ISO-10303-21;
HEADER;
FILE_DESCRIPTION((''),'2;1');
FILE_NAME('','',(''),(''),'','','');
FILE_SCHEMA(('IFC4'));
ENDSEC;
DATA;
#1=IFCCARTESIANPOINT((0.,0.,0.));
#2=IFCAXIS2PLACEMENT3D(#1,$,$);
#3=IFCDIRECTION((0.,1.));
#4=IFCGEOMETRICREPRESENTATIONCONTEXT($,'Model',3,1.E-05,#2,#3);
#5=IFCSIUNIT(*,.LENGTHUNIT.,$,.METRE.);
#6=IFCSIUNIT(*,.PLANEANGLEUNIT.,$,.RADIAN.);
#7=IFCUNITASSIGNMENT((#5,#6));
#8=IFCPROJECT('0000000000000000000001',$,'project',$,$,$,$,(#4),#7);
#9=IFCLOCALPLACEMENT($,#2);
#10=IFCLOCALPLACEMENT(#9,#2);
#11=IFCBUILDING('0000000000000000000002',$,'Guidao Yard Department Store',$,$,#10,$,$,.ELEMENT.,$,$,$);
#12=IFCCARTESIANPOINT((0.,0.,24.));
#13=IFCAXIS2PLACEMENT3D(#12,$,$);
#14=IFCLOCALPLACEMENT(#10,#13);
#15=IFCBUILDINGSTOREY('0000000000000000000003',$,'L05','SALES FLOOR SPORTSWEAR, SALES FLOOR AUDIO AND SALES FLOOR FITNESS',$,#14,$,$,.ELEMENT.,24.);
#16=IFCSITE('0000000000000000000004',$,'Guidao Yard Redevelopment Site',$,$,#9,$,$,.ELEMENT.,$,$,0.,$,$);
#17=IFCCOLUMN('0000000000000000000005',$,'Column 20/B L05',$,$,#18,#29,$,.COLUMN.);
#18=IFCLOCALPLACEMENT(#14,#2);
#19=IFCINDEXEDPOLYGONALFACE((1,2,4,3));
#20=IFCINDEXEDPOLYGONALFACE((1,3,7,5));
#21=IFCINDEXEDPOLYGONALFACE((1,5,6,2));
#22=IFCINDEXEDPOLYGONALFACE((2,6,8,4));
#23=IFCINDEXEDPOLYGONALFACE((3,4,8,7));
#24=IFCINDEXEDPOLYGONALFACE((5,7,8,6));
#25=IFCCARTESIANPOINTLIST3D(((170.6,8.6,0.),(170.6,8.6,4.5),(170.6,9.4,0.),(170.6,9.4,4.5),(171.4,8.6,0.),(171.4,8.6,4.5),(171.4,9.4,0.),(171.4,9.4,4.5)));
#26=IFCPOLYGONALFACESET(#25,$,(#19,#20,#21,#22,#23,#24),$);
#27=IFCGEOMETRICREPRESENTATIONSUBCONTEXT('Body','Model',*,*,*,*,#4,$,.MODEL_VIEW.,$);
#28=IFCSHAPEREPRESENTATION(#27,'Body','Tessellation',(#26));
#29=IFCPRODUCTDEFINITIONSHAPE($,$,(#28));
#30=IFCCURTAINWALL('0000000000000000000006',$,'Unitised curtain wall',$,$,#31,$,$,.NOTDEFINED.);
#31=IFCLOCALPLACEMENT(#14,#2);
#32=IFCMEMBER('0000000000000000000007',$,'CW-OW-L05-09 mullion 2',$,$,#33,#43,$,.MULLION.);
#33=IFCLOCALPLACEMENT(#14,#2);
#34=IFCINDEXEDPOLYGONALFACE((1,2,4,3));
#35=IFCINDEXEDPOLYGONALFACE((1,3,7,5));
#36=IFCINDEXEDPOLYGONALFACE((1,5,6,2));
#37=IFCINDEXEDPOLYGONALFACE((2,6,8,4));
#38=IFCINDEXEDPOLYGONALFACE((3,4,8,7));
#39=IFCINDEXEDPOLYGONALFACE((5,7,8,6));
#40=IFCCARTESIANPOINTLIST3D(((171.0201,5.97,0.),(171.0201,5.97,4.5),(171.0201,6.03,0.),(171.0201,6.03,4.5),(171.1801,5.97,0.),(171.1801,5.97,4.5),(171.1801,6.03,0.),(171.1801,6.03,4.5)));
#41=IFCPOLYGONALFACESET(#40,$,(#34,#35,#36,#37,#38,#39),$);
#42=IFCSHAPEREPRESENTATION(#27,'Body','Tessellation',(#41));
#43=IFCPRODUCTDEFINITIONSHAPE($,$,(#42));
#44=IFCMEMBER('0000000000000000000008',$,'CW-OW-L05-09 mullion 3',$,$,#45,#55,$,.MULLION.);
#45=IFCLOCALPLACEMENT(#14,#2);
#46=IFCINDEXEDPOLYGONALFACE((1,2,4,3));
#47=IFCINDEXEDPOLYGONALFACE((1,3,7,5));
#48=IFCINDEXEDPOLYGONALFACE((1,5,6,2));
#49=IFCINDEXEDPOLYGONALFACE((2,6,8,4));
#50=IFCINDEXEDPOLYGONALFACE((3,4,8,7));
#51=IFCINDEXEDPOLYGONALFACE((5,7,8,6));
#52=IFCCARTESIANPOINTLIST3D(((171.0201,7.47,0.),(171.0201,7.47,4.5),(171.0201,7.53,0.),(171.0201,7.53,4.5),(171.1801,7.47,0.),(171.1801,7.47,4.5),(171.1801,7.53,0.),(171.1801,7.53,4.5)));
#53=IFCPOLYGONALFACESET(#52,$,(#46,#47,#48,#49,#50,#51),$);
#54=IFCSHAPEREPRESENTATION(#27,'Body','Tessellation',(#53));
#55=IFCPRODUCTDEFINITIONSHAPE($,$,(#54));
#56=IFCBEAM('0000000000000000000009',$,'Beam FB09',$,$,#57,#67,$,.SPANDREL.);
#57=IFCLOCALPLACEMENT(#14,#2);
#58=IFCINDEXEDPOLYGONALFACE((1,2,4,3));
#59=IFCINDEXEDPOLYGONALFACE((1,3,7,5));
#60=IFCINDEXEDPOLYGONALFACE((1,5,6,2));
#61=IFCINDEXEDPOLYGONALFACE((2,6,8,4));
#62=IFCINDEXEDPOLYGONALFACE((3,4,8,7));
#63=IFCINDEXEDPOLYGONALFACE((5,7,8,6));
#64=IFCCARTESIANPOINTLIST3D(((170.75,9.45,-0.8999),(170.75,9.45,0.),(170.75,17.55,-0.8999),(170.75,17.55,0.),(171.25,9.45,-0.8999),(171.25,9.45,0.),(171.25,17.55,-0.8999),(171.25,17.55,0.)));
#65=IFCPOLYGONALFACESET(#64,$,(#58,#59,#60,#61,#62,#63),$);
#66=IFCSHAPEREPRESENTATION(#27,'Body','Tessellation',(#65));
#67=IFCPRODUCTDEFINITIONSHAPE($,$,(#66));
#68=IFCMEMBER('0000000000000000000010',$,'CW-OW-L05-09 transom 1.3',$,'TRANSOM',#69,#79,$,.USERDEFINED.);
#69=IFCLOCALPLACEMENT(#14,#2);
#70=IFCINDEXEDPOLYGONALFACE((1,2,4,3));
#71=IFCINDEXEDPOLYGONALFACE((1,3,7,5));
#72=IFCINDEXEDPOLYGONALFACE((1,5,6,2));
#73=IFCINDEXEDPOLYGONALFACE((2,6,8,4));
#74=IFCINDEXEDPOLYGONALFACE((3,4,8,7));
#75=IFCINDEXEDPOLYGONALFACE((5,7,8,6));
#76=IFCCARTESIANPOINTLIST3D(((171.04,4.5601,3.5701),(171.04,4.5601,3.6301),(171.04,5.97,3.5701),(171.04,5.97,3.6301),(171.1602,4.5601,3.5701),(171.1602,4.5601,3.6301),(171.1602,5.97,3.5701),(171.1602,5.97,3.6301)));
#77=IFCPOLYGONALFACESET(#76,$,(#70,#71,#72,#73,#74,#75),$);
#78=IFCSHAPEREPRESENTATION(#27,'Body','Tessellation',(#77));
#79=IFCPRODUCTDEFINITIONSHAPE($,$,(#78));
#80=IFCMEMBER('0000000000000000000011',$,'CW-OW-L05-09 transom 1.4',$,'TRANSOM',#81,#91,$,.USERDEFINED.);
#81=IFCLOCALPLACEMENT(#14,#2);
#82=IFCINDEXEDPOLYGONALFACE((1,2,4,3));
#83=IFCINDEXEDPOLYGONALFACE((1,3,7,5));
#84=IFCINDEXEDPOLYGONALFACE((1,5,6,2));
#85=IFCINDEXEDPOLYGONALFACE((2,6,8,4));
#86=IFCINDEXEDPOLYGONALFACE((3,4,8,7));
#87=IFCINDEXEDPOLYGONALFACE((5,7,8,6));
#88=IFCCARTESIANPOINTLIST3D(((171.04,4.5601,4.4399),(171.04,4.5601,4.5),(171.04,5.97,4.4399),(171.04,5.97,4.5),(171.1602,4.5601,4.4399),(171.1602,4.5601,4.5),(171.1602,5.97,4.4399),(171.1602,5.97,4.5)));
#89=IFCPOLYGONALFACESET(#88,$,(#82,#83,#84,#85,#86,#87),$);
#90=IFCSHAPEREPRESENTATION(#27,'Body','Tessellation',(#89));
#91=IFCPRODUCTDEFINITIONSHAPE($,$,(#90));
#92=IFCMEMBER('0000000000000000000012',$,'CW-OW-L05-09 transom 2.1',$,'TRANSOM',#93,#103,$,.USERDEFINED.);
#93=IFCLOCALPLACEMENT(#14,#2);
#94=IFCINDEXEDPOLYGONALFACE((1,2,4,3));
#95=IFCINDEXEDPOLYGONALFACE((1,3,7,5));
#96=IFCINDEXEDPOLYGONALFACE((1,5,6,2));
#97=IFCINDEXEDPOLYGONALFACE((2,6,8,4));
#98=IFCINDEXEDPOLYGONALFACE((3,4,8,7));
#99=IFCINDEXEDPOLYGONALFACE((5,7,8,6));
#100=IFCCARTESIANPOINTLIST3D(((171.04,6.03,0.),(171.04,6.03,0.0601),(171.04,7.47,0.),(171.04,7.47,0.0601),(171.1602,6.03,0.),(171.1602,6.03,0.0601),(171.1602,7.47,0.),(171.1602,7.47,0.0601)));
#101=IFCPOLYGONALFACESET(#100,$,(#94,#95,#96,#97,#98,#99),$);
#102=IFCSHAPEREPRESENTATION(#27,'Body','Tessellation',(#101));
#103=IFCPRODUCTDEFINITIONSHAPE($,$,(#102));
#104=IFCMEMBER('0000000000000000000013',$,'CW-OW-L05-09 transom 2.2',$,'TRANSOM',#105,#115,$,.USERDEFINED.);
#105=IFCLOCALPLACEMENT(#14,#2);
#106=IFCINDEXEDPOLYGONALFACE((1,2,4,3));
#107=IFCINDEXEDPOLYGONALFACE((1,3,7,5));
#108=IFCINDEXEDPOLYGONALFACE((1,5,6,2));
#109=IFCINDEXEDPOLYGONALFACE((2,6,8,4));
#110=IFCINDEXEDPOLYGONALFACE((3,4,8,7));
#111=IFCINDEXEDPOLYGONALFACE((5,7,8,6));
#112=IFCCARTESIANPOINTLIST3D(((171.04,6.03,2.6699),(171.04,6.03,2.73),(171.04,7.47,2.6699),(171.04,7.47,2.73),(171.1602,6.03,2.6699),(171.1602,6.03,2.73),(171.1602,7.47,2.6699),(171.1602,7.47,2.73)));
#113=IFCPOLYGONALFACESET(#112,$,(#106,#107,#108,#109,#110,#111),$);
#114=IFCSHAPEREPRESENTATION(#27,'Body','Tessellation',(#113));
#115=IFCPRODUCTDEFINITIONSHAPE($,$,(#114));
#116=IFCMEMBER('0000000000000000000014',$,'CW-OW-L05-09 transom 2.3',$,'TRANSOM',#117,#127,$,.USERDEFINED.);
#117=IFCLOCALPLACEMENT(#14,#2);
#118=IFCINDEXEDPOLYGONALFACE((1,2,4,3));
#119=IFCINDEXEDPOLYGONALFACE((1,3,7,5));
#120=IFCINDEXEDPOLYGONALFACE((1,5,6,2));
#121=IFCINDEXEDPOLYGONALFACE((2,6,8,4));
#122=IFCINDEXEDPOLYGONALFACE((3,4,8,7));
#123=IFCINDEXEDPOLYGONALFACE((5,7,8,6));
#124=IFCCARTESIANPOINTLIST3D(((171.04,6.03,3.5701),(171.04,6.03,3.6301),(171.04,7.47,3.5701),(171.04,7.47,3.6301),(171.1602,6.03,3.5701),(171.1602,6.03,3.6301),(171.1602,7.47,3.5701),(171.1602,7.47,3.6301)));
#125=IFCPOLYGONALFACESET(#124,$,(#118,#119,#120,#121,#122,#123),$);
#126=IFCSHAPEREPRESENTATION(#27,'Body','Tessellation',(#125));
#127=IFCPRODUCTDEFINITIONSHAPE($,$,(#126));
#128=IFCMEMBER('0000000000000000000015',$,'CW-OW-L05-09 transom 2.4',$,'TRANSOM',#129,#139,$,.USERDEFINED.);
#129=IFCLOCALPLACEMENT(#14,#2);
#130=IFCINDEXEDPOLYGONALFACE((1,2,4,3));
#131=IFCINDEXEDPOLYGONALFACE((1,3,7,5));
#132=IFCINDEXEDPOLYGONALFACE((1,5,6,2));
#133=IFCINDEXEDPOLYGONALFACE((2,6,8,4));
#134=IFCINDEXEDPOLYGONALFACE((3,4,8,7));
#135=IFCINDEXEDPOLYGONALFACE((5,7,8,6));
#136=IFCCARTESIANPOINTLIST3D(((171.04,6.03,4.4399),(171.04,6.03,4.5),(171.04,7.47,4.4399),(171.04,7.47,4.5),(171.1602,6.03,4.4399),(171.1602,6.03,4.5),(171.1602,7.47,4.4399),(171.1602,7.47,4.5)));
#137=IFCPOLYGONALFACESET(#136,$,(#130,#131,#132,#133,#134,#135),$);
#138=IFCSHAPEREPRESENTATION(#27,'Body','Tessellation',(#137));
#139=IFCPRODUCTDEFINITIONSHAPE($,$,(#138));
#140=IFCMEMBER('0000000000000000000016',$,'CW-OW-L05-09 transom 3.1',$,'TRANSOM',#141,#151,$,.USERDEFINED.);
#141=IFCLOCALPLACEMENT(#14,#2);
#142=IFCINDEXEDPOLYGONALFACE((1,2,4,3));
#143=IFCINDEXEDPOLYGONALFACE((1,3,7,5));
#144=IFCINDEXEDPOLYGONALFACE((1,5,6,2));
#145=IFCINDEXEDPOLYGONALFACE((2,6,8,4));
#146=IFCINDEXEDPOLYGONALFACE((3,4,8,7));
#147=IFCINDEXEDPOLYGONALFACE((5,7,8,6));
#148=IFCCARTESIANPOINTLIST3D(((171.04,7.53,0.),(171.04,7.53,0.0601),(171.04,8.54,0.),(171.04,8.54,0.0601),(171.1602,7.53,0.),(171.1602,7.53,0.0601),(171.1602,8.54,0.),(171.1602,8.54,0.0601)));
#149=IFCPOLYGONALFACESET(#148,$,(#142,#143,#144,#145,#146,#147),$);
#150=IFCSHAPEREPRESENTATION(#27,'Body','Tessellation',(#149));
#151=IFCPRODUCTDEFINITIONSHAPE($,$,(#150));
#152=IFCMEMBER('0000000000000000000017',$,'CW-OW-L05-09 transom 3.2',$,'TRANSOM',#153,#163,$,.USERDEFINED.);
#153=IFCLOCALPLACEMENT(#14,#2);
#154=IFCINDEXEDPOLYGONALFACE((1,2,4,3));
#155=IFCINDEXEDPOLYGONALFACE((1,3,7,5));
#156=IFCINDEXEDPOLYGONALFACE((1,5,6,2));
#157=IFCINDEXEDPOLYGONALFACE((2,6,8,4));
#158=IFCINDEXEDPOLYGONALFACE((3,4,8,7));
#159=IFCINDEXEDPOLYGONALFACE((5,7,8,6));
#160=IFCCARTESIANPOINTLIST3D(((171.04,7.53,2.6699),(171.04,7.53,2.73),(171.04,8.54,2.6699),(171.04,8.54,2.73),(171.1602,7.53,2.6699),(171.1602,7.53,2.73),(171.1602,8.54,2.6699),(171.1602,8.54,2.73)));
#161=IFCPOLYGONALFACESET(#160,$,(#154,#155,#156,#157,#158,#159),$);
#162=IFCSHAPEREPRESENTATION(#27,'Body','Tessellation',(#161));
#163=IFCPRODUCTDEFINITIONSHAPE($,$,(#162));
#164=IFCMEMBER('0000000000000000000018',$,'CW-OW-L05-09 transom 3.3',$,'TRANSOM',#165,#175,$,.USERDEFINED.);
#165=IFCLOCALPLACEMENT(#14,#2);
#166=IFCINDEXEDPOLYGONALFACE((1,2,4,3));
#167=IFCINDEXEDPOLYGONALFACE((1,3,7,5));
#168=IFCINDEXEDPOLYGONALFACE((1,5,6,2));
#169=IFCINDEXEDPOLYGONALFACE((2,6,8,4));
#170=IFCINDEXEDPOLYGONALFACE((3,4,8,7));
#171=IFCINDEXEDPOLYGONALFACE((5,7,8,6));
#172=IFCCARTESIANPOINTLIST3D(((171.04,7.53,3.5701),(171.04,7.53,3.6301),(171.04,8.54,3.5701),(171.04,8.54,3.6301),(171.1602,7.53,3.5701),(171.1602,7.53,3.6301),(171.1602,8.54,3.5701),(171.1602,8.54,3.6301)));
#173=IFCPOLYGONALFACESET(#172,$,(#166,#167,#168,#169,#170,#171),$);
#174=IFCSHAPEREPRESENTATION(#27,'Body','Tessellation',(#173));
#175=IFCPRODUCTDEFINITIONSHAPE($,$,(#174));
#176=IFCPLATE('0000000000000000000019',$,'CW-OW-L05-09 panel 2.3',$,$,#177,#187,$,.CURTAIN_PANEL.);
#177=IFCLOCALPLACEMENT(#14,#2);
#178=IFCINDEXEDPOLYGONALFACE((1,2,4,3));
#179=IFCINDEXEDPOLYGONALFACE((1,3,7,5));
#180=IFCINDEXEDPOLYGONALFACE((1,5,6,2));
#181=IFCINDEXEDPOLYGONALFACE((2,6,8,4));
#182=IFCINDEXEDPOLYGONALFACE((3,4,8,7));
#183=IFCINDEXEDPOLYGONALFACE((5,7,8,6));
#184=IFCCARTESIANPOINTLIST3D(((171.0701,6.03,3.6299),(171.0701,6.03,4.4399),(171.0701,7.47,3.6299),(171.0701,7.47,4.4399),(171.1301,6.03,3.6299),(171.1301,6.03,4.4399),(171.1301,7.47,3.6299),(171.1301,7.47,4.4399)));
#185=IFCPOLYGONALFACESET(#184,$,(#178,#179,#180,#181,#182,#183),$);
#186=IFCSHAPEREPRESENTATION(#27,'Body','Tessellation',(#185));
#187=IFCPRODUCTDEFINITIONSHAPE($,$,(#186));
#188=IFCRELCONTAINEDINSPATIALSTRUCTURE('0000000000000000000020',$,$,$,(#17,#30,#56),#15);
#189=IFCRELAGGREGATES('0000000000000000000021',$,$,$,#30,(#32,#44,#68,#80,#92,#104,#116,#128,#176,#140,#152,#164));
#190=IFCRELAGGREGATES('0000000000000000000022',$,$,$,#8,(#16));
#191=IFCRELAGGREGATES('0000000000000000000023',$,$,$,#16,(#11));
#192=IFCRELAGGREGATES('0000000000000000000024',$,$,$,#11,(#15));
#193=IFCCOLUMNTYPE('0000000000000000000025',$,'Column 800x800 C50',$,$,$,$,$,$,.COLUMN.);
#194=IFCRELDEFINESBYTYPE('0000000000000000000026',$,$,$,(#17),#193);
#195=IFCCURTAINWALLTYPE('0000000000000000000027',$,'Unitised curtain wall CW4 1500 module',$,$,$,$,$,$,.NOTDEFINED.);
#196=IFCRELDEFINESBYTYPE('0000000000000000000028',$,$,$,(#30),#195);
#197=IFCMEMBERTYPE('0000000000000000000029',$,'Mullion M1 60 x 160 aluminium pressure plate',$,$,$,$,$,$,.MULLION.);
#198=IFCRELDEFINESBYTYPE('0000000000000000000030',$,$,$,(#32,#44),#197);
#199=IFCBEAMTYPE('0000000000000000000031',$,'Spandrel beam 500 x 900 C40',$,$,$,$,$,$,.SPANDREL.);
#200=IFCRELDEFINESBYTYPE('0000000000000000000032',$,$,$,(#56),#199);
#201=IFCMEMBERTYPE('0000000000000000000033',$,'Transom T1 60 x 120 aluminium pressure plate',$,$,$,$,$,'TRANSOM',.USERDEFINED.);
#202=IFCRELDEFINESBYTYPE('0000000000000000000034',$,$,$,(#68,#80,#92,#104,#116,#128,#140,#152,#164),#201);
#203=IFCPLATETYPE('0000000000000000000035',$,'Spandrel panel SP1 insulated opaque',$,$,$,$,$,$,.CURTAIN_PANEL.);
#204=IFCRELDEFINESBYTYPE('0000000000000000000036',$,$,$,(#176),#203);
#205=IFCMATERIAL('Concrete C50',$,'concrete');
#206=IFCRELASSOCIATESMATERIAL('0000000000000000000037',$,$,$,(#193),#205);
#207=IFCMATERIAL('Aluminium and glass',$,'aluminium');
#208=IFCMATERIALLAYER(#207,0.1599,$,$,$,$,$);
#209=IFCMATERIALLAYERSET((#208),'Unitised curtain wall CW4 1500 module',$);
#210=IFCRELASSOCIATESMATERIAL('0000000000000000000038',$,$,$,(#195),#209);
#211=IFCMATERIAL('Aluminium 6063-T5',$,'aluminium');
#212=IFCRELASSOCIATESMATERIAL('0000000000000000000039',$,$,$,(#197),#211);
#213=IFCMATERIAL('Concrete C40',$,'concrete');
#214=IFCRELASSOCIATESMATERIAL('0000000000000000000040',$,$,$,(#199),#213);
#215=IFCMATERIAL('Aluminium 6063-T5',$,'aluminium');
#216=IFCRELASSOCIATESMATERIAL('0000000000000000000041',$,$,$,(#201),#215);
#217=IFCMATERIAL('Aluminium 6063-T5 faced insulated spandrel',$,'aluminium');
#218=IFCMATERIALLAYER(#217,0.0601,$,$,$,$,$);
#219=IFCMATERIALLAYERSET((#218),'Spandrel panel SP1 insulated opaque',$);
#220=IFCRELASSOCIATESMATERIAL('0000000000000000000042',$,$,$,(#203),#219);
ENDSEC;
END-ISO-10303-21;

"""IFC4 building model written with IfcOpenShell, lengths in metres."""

from ifc_helpers import new_model, si_unit, direction, frame, origin, origin_2d, place, context, subcontext, project, spatial, rectangle, extrude, material, layer, layer_set, material_profile, profile_set, type_object, element, aggregate, save


model = new_model("IFC4")

# Units and contexts
model_context = context("Model", 3, precision=1e-05, world=origin(), true_north=direction((0.0, 1.0)))
body_context = subcontext(model_context, "Body", "Model", "MODEL_VIEW")
ifc_project = project(units=[si_unit("LENGTHUNIT", "METRE"), si_unit("PLANEANGLEUNIT", "RADIAN")], contexts=[model_context])

# Site, building, storey
site_placement = place(None, origin())
site = spatial("IfcSite", under=ifc_project, at=site_placement, Name="Guidao Yard Redevelopment Site", CompositionType="ELEMENT", RefElevation=0.0)
building_placement = place(site_placement, origin())
building = spatial("IfcBuilding", under=site, at=building_placement, Name="Guidao Yard Department Store", CompositionType="ELEMENT")
storey_placement = place(building_placement, frame((0.0, 0.0, 24.0)))
storey = spatial("IfcBuildingStorey", under=building, at=storey_placement, Name="L05", Description="SALES FLOOR SPORTSWEAR, SALES FLOOR AUDIO AND SALES FLOOR FITNESS", CompositionType="ELEMENT", Elevation=24.0)

# Column
ifc_material_1 = material(Name="Concrete C50", Category="concrete")
ifc_material_profile_1 = material_profile(ifc_material_1, rectangle(XDim=0.8, YDim=0.8, at=origin_2d()), Name="COL 800x800")
ifc_profile_set_1 = profile_set([ifc_material_profile_1], Name="Concrete C50")
column_type = type_object("IfcColumnType", Name="Column 800x800 C50", PredefinedType="COLUMN", material=ifc_profile_set_1)
column_placement = place(storey_placement, frame((171.0, 9.0, 0.0), z_axis=(0.0, 0.0, 1.0), x_axis=(1.0, 0.0, 0.0)))
element("IfcColumn", 1, at=column_placement, inside=storey, type_object=column_type, Name="Column 20/B L05", PredefinedType="COLUMN", context=body_context, shape_type="SweptSolid", body=[
    extrude(rectangle(XDim=0.8, YDim=0.8, at=origin_2d()), origin(), (0.0, 0.0, 1.0), 4.5),
])

# Curtain wall, members
ifc_material_2 = material(Name="Aluminium and glass", Category="aluminium")
ifc_layer_1 = layer(ifc_material_2, 0.1599)
ifc_layer_set_1 = layer_set([ifc_layer_1], Name="Unitised curtain wall CW4 1500 module")
curtain_wall_type = type_object("IfcCurtainWallType", Name="Unitised curtain wall CW4 1500 module", PredefinedType="NOTDEFINED", material=ifc_layer_set_1)
curtain_wall_placement = place(storey_placement, origin())
curtain_wall = element("IfcCurtainWall", 2, at=curtain_wall_placement, inside=storey, type_object=curtain_wall_type, Name="Unitised curtain wall", PredefinedType="NOTDEFINED")
ifc_material_3 = material(Name="Aluminium 6063-T5", Category="aluminium")
ifc_material_profile_2 = material_profile(ifc_material_3, rectangle(XDim=0.0601, YDim=0.1599, at=origin_2d()), Name="Mullion M1 60 x 160 aluminium pressure plate")
ifc_profile_set_2 = profile_set([ifc_material_profile_2], Name="Aluminium 6063-T5")
member_type_1 = type_object("IfcMemberType", Name="Mullion M1 60 x 160 aluminium pressure plate", PredefinedType="MULLION", material=ifc_profile_set_2)
member_1_placement = place(storey_placement, frame((171.1001, 6.0, 0.0), z_axis=(0.0, 0.0, 1.0), x_axis=(0.0, -1.0, 0.0)))
member_1 = element("IfcMember", 3, at=member_1_placement, type_object=member_type_1, Name="CW-OW-L05-09 mullion 2", PredefinedType="MULLION", context=body_context, shape_type="SweptSolid", body=[
    extrude(rectangle(XDim=0.0601, YDim=0.1599, at=origin_2d()), origin(), (0.0, 0.0, 1.0), 4.5),
])
member_2_placement = place(storey_placement, frame((171.1001, 7.5, 0.0), z_axis=(0.0, 0.0, 1.0), x_axis=(0.0, -1.0, 0.0)))
member_2 = element("IfcMember", 4, at=member_2_placement, type_object=member_type_1, Name="CW-OW-L05-09 mullion 3", PredefinedType="MULLION", context=body_context, shape_type="SweptSolid", body=[
    extrude(rectangle(XDim=0.0601, YDim=0.1599, at=origin_2d()), origin(), (0.0, 0.0, 1.0), 4.5),
])

# Beam
ifc_material_4 = material(Name="Concrete C40", Category="concrete")
ifc_material_profile_3 = material_profile(ifc_material_4, rectangle(XDim=0.5, YDim=0.8999, at=origin_2d()), Name="Spandrel beam 500 x 900 C40")
ifc_profile_set_3 = profile_set([ifc_material_profile_3], Name="Concrete C40")
beam_type = type_object("IfcBeamType", Name="Spandrel beam 500 x 900 C40", PredefinedType="SPANDREL", material=ifc_profile_set_3)
beam_placement = place(storey_placement, frame((171.0, 9.45, -0.45), z_axis=(0.0, 1.0, 0.0), x_axis=(-1.0, 0.0, 0.0)))
element("IfcBeam", 5, at=beam_placement, inside=storey, type_object=beam_type, Name="Beam FB09", PredefinedType="SPANDREL", context=body_context, shape_type="SweptSolid", body=[
    extrude(rectangle(XDim=0.5, YDim=0.8999, at=origin_2d()), origin(), (0.0, 0.0, 1.0), 8.1001),
])

# Members
ifc_material_5 = material(Name="Aluminium 6063-T5", Category="aluminium")
ifc_material_profile_4 = material_profile(ifc_material_5, rectangle(XDim=0.1201, YDim=0.0601, at=origin_2d()), Name="Transom T1 60 x 120 aluminium pressure plate")
ifc_profile_set_4 = profile_set([ifc_material_profile_4], Name="Aluminium 6063-T5")
member_type_2 = type_object("IfcMemberType", Name="Transom T1 60 x 120 aluminium pressure plate", ElementType="TRANSOM", PredefinedType="USERDEFINED", material=ifc_profile_set_4)
member_3_placement = place(storey_placement, frame((171.1001, 5.97, 3.6001), z_axis=(0.0, -1.0, 0.0), x_axis=(1.0, 0.0, 0.0)))
member_3 = element("IfcMember", 6, at=member_3_placement, type_object=member_type_2, Name="CW-OW-L05-09 transom 1.3", ObjectType="TRANSOM", PredefinedType="USERDEFINED", context=body_context, shape_type="SweptSolid", body=[
    extrude(rectangle(XDim=0.1201, YDim=0.0601, at=origin_2d()), origin(), (0.0, 0.0, 1.0), 1.4099),
])
member_4_placement = place(storey_placement, frame((171.1001, 5.97, 4.47), z_axis=(0.0, -1.0, 0.0), x_axis=(1.0, 0.0, 0.0)))
member_4 = element("IfcMember", 7, at=member_4_placement, type_object=member_type_2, Name="CW-OW-L05-09 transom 1.4", ObjectType="TRANSOM", PredefinedType="USERDEFINED", context=body_context, shape_type="SweptSolid", body=[
    extrude(rectangle(XDim=0.1201, YDim=0.0601, at=origin_2d()), origin(), (0.0, 0.0, 1.0), 1.4099),
])
member_5_placement = place(storey_placement, frame((171.1001, 7.47, 0.03), z_axis=(0.0, -1.0, 0.0), x_axis=(1.0, 0.0, 0.0)))
member_5 = element("IfcMember", 8, at=member_5_placement, type_object=member_type_2, Name="CW-OW-L05-09 transom 2.1", ObjectType="TRANSOM", PredefinedType="USERDEFINED", context=body_context, shape_type="SweptSolid", body=[
    extrude(rectangle(XDim=0.1201, YDim=0.0601, at=origin_2d()), origin(), (0.0, 0.0, 1.0), 1.4399),
])
member_6_placement = place(storey_placement, frame((171.1001, 7.47, 2.7), z_axis=(0.0, -1.0, 0.0), x_axis=(1.0, 0.0, 0.0)))
member_6 = element("IfcMember", 9, at=member_6_placement, type_object=member_type_2, Name="CW-OW-L05-09 transom 2.2", ObjectType="TRANSOM", PredefinedType="USERDEFINED", context=body_context, shape_type="SweptSolid", body=[
    extrude(rectangle(XDim=0.1201, YDim=0.0601, at=origin_2d()), origin(), (0.0, 0.0, 1.0), 1.4399),
])
member_7_placement = place(storey_placement, frame((171.1001, 7.47, 3.6001), z_axis=(0.0, -1.0, 0.0), x_axis=(1.0, 0.0, 0.0)))
member_7 = element("IfcMember", 10, at=member_7_placement, type_object=member_type_2, Name="CW-OW-L05-09 transom 2.3", ObjectType="TRANSOM", PredefinedType="USERDEFINED", context=body_context, shape_type="SweptSolid", body=[
    extrude(rectangle(XDim=0.1201, YDim=0.0601, at=origin_2d()), origin(), (0.0, 0.0, 1.0), 1.4399),
])
member_8_placement = place(storey_placement, frame((171.1001, 7.47, 4.47), z_axis=(0.0, -1.0, 0.0), x_axis=(1.0, 0.0, 0.0)))
member_8 = element("IfcMember", 11, at=member_8_placement, type_object=member_type_2, Name="CW-OW-L05-09 transom 2.4", ObjectType="TRANSOM", PredefinedType="USERDEFINED", context=body_context, shape_type="SweptSolid", body=[
    extrude(rectangle(XDim=0.1201, YDim=0.0601, at=origin_2d()), origin(), (0.0, 0.0, 1.0), 1.4399),
])
member_9_placement = place(storey_placement, frame((171.1001, 8.54, 0.03), z_axis=(0.0, -1.0, 0.0), x_axis=(1.0, 0.0, 0.0)))
member_9 = element("IfcMember", 12, at=member_9_placement, type_object=member_type_2, Name="CW-OW-L05-09 transom 3.1", ObjectType="TRANSOM", PredefinedType="USERDEFINED", context=body_context, shape_type="SweptSolid", body=[
    extrude(rectangle(XDim=0.1201, YDim=0.0601, at=origin_2d()), origin(), (0.0, 0.0, 1.0), 1.01),
])
member_10_placement = place(storey_placement, frame((171.1001, 8.54, 2.7), z_axis=(0.0, -1.0, 0.0), x_axis=(1.0, 0.0, 0.0)))
member_10 = element("IfcMember", 13, at=member_10_placement, type_object=member_type_2, Name="CW-OW-L05-09 transom 3.2", ObjectType="TRANSOM", PredefinedType="USERDEFINED", context=body_context, shape_type="SweptSolid", body=[
    extrude(rectangle(XDim=0.1201, YDim=0.0601, at=origin_2d()), origin(), (0.0, 0.0, 1.0), 1.01),
])
member_11_placement = place(storey_placement, frame((171.1001, 8.54, 3.6001), z_axis=(0.0, -1.0, 0.0), x_axis=(1.0, 0.0, 0.0)))
member_11 = element("IfcMember", 14, at=member_11_placement, type_object=member_type_2, Name="CW-OW-L05-09 transom 3.3", ObjectType="TRANSOM", PredefinedType="USERDEFINED", context=body_context, shape_type="SweptSolid", body=[
    extrude(rectangle(XDim=0.1201, YDim=0.0601, at=origin_2d()), origin(), (0.0, 0.0, 1.0), 1.01),
])

# Plate
ifc_material_6 = material(Name="Aluminium 6063-T5 faced insulated spandrel", Category="aluminium")
ifc_layer_2 = layer(ifc_material_6, 0.0601)
ifc_layer_set_2 = layer_set([ifc_layer_2], Name="Spandrel panel SP1 insulated opaque")
plate_type_1 = type_object("IfcPlateType", Name="Spandrel panel SP1 insulated opaque", PredefinedType="CURTAIN_PANEL", material=ifc_layer_set_2)
plate_1_placement = place(storey_placement, frame((171.1001, 6.75, 3.6299), z_axis=(0.0, 0.0, 1.0), x_axis=(0.0, -1.0, 0.0)))
plate_1 = element("IfcPlate", 15, at=plate_1_placement, type_object=plate_type_1, Name="CW-OW-L05-09 panel 2.3", PredefinedType="CURTAIN_PANEL", context=body_context, shape_type="SweptSolid", body=[
    extrude(rectangle(XDim=1.4399, YDim=0.0601, at=origin_2d()), origin(), (0.0, 0.0, 1.0), 0.8101),
])
aggregate(curtain_wall, [member_1, member_2, member_3, member_4, member_5, member_6, member_7, member_8, plate_1, member_9, member_10, member_11])

save(model, "model.ifc")
